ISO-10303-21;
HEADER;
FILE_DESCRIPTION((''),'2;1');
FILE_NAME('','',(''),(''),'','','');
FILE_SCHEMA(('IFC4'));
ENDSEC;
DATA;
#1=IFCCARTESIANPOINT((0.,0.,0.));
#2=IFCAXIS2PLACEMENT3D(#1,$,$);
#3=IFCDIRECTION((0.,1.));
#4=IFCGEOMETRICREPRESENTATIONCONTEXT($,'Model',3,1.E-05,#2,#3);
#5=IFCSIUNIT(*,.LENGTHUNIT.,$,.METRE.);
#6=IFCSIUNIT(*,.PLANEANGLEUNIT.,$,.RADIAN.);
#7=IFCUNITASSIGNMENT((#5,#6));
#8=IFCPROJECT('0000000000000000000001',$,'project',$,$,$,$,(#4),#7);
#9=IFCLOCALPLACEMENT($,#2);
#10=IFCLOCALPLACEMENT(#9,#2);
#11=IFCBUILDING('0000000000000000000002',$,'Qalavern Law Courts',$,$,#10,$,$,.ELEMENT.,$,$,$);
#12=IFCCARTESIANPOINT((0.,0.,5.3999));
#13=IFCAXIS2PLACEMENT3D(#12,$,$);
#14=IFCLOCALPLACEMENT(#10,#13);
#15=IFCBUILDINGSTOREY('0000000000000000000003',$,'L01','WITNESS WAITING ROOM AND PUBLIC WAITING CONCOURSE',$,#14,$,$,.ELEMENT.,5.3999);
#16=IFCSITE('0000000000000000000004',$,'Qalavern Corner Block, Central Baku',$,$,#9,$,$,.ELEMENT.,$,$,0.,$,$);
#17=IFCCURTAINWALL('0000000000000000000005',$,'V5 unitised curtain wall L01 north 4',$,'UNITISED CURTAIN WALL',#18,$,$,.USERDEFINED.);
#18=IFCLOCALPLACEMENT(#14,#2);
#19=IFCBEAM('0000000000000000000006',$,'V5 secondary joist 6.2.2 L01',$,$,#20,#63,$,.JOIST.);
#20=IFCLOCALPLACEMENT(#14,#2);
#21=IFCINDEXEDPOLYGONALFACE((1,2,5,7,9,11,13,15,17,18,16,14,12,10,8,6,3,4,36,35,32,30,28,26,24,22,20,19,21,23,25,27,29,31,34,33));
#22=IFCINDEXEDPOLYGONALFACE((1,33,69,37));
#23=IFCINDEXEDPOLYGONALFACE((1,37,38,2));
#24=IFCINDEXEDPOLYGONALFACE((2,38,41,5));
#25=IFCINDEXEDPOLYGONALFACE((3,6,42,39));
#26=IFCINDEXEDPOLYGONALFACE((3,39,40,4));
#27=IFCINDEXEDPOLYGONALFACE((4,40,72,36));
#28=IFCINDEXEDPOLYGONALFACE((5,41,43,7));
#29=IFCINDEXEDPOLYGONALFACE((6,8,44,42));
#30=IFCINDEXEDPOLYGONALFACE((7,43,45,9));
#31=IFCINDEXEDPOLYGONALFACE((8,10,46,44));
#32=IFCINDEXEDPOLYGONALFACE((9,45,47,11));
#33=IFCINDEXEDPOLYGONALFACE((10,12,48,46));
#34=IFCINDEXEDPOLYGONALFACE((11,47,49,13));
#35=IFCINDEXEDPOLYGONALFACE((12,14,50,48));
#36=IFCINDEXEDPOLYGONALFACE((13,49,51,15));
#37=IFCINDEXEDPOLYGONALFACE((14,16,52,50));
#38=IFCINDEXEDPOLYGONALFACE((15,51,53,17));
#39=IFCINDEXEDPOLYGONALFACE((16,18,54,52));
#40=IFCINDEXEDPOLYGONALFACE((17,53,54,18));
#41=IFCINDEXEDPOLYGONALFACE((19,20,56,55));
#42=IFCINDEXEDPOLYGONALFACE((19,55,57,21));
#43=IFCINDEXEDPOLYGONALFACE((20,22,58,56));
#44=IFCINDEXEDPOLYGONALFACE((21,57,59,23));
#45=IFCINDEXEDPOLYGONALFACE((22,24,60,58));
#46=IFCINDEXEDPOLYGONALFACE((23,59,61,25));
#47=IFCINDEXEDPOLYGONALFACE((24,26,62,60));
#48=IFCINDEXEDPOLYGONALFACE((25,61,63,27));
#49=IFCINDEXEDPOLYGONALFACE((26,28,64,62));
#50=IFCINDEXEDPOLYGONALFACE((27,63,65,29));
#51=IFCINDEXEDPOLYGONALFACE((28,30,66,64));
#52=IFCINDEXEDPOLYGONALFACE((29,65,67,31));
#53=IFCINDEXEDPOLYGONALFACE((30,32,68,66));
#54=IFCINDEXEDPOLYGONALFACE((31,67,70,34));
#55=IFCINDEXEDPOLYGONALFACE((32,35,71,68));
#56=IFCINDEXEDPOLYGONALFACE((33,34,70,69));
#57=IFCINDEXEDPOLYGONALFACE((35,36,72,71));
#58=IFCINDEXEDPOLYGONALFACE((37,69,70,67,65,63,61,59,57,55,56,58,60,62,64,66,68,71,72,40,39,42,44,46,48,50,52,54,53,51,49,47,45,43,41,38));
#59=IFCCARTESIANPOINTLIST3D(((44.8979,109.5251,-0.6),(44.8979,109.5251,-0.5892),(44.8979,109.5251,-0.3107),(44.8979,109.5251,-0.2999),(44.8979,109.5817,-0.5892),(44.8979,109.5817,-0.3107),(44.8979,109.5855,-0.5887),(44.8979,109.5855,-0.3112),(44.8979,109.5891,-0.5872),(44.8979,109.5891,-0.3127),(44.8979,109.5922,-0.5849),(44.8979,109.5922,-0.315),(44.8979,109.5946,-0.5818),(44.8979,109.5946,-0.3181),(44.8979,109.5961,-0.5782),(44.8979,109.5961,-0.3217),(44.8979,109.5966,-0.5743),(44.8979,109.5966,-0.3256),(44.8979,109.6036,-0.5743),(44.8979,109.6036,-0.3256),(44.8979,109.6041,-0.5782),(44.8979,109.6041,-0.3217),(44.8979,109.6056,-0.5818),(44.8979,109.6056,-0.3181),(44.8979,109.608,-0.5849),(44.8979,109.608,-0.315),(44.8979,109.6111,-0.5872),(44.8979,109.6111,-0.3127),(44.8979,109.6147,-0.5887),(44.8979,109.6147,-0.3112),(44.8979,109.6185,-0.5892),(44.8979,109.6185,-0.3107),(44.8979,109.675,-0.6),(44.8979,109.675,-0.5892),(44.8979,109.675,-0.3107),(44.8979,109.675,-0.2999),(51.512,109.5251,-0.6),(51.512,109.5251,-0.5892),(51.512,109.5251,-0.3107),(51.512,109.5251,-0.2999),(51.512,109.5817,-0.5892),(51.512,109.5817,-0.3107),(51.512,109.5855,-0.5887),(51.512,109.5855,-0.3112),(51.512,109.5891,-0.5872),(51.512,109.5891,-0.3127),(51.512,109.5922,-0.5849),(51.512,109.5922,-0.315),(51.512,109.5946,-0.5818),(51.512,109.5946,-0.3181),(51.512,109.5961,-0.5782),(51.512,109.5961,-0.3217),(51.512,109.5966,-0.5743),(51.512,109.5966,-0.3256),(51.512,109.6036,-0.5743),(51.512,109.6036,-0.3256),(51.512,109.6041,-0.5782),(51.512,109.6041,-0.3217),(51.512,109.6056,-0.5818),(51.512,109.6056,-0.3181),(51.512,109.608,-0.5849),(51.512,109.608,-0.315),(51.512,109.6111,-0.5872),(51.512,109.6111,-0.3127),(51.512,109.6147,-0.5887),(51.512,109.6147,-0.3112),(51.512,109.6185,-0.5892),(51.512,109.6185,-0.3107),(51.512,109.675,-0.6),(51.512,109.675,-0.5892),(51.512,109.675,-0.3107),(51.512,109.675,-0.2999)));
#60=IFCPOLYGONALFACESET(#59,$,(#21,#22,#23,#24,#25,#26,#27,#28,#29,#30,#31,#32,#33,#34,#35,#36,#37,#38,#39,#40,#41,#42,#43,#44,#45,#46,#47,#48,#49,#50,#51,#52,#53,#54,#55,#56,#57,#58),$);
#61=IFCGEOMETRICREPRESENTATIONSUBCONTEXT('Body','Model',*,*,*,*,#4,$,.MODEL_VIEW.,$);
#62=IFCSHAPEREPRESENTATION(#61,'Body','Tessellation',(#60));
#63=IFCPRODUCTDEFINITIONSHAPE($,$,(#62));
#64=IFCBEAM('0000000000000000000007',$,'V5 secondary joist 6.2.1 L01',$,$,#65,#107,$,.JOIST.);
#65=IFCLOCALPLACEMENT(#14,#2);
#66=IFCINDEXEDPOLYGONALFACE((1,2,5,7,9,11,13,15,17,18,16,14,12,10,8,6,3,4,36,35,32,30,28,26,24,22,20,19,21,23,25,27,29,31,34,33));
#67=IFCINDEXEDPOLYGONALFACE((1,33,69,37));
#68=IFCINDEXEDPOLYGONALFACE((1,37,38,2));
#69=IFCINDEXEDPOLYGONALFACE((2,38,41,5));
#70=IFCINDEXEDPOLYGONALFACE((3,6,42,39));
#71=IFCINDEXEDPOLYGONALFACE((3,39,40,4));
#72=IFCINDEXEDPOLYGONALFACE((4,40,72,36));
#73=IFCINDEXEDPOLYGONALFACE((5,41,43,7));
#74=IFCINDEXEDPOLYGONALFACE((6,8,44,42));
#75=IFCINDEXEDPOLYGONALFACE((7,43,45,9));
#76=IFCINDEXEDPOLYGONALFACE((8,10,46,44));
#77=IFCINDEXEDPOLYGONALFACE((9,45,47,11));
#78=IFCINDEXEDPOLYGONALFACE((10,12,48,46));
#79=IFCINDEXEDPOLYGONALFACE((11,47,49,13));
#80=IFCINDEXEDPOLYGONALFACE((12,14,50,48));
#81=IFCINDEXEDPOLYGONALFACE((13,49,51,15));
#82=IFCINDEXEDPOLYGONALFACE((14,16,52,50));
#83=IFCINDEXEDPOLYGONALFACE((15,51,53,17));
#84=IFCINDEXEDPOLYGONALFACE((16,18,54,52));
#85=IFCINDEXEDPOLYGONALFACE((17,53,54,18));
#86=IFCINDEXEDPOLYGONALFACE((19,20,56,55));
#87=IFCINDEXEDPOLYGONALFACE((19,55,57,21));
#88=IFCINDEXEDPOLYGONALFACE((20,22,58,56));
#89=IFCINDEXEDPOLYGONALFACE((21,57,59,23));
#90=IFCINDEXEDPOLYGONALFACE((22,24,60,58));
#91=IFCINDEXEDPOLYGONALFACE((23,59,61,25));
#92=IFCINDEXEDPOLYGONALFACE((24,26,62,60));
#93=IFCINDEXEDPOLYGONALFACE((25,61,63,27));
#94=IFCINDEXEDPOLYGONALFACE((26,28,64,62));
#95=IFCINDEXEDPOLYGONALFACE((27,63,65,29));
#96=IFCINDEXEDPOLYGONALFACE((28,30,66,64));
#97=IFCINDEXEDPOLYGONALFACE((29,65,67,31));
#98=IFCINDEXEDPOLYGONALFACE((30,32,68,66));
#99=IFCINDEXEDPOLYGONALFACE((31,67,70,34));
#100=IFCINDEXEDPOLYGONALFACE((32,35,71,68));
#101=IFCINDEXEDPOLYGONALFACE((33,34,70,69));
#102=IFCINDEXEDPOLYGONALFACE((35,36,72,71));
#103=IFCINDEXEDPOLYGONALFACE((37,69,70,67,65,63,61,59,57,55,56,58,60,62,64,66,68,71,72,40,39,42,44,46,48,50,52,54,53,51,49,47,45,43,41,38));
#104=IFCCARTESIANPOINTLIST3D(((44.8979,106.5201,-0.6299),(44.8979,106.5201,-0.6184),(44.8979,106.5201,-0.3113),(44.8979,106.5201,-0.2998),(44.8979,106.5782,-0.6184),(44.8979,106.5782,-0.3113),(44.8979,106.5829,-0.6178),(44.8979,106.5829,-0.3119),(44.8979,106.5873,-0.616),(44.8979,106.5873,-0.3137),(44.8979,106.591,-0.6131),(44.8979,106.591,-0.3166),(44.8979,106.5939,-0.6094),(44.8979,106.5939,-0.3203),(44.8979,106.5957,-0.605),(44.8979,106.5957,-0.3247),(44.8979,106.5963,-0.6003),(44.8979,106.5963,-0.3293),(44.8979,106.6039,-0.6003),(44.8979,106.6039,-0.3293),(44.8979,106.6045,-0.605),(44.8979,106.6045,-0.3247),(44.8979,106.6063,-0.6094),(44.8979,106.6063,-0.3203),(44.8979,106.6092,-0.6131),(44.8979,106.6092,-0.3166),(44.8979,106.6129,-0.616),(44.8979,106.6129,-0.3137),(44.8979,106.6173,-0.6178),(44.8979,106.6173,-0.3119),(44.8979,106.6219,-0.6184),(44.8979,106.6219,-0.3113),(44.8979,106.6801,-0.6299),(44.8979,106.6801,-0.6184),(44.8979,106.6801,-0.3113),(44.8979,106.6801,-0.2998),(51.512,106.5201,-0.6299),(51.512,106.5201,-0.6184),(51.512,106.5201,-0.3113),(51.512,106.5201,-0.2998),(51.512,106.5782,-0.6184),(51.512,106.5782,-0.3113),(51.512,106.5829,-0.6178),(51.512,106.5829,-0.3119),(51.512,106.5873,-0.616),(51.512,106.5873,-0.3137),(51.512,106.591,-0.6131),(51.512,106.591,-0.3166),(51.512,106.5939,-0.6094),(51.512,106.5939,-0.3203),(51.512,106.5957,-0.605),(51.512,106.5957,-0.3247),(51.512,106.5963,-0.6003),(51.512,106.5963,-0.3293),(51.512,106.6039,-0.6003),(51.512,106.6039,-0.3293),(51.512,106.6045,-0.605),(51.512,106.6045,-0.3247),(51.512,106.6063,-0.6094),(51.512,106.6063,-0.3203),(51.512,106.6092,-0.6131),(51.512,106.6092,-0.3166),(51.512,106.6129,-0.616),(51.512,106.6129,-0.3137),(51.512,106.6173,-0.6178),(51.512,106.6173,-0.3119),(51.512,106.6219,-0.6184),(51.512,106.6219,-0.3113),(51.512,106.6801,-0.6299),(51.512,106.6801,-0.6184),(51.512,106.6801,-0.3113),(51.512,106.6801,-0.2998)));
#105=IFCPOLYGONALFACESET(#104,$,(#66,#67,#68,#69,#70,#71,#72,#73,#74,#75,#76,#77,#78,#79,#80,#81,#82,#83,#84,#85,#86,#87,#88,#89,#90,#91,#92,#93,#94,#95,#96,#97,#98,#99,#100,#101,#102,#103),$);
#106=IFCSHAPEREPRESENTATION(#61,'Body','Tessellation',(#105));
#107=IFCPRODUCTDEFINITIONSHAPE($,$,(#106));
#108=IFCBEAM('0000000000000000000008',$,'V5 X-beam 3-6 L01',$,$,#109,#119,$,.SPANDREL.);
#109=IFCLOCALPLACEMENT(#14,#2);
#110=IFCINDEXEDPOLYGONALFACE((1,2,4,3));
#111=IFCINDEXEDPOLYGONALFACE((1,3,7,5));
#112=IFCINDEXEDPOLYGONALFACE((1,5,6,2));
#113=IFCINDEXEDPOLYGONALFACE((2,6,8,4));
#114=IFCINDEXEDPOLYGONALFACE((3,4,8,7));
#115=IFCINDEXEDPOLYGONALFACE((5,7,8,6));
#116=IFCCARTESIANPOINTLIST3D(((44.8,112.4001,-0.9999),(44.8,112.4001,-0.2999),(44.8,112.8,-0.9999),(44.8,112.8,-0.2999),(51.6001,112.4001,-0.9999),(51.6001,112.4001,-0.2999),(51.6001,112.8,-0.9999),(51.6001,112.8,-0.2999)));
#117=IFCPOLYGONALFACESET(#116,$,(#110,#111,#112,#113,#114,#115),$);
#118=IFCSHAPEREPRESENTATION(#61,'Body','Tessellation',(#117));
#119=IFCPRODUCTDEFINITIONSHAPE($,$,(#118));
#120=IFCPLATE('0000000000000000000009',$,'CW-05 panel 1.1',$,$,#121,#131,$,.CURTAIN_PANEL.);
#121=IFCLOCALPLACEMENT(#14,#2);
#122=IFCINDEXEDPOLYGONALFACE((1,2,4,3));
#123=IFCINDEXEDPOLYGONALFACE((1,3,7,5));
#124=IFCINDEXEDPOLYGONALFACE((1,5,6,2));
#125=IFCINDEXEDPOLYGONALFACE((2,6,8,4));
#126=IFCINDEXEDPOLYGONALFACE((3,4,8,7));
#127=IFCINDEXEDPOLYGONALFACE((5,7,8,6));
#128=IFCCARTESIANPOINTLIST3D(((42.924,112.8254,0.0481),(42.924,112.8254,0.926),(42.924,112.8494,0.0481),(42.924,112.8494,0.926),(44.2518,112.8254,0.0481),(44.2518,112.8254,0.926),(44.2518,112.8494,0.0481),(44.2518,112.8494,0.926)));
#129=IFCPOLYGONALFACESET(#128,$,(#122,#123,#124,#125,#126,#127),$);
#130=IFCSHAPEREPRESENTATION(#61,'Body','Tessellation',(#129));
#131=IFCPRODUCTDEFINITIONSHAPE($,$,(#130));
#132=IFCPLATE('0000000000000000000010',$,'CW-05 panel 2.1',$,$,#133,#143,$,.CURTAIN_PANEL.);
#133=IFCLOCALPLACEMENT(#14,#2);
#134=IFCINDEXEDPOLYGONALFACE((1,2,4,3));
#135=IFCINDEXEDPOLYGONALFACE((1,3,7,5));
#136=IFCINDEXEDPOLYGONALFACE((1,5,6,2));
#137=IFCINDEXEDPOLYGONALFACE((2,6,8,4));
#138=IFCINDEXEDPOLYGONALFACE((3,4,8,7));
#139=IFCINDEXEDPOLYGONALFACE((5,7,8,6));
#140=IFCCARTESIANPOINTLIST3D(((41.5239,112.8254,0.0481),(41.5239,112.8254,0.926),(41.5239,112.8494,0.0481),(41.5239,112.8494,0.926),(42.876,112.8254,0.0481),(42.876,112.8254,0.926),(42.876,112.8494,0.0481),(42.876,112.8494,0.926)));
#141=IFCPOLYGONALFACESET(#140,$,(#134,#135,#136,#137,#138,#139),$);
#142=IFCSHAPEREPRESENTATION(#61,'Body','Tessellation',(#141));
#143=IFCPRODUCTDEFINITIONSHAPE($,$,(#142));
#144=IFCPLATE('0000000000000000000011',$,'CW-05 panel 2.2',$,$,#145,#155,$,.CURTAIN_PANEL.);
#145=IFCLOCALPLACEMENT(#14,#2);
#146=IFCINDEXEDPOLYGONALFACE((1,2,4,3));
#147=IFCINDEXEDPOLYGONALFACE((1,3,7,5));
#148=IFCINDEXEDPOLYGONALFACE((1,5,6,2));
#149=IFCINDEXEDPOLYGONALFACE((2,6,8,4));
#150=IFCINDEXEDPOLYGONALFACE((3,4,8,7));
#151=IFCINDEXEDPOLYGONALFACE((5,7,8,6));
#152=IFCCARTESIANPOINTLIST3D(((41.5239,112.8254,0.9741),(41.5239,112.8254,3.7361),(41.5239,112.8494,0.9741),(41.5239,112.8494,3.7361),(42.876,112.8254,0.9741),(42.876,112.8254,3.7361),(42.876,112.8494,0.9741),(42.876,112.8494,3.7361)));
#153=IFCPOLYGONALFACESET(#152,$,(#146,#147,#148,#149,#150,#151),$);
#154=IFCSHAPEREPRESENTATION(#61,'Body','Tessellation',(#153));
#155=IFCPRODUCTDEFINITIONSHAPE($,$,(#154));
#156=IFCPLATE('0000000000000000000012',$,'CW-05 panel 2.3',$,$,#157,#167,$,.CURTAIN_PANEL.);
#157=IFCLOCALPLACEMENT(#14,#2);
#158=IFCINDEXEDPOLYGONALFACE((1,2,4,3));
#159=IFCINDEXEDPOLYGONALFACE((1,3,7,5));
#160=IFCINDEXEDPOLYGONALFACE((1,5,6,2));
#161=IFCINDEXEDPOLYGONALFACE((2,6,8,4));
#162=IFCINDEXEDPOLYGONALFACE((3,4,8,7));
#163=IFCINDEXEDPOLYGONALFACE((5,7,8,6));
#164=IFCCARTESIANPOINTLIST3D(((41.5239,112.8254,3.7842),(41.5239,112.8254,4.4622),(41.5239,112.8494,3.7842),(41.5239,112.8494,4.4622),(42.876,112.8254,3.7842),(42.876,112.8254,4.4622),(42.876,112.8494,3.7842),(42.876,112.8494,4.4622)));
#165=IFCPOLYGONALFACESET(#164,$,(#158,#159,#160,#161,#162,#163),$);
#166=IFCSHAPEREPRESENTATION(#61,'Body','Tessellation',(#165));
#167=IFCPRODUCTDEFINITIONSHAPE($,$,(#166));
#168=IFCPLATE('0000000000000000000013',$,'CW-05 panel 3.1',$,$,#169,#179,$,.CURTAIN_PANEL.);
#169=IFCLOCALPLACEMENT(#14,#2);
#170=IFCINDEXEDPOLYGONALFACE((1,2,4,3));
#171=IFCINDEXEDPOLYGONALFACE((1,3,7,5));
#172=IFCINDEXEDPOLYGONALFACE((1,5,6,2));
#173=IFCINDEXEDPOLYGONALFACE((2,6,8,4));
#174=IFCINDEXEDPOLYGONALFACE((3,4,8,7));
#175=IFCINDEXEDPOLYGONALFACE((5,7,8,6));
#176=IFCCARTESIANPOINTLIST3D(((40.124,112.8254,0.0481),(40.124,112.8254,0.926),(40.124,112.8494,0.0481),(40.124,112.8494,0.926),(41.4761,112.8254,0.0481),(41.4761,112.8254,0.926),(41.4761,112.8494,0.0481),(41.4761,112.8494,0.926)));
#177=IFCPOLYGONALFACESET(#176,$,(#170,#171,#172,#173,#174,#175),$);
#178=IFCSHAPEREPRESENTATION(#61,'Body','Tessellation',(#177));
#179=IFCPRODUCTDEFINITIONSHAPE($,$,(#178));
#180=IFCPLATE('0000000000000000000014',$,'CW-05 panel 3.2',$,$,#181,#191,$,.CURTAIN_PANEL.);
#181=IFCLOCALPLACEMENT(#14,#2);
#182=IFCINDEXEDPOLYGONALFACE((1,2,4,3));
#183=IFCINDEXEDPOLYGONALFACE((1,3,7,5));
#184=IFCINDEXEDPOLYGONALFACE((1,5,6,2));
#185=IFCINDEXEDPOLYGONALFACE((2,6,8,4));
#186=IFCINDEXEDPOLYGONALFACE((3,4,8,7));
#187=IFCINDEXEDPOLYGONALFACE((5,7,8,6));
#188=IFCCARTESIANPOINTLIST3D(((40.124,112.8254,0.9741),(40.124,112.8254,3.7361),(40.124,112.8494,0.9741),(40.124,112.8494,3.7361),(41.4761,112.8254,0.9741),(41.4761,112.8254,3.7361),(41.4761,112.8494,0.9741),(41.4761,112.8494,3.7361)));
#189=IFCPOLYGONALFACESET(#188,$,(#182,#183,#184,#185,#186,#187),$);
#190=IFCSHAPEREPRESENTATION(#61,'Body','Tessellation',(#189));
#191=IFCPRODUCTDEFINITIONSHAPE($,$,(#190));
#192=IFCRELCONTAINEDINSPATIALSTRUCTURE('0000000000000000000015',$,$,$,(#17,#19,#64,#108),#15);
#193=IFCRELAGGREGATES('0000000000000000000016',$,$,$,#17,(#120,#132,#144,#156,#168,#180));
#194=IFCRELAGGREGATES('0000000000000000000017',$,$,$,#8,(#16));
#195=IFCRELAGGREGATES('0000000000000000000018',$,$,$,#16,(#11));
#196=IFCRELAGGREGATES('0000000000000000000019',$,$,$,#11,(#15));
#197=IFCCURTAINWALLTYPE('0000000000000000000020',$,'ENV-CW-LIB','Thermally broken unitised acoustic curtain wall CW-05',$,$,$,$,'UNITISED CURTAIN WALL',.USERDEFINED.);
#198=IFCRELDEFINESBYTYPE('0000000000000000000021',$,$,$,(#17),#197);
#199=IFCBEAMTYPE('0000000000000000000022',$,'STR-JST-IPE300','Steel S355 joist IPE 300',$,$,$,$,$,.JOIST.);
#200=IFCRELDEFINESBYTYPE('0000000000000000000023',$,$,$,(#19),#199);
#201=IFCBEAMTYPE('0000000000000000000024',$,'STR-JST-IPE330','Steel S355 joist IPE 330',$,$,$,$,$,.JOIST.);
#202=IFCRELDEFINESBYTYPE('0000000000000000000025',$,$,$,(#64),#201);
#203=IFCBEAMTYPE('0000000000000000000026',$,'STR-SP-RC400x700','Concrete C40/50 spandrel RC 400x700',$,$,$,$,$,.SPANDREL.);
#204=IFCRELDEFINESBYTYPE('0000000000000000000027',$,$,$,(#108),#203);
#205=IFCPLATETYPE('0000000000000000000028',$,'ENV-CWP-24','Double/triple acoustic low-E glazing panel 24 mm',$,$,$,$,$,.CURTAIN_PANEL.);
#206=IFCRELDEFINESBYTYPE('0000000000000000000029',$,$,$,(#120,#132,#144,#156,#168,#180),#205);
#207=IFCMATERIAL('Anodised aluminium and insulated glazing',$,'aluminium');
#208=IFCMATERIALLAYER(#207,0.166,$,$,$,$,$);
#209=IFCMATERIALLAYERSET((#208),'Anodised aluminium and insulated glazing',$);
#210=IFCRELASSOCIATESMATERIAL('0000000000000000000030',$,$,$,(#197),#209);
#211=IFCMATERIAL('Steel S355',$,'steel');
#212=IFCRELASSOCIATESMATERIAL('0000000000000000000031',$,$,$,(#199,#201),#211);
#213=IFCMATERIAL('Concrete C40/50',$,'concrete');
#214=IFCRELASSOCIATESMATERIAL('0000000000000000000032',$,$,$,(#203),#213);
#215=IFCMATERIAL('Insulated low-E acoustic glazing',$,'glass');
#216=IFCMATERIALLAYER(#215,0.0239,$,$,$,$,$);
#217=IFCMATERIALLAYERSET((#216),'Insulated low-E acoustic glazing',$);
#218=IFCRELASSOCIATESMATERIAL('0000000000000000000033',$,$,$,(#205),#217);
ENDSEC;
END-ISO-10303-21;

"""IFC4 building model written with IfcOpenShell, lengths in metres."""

from ifc_helpers import new_model, si_unit, direction, frame, origin, origin_2d, place, context, subcontext, project, spatial, rectangle, i_section, extrude, material, layer, layer_set, material_profile, profile_set, type_object, element, aggregate, save


model = new_model("IFC4")

# Units and contexts
model_context = context("Model", 3, precision=1e-05, world=origin(), true_north=direction((0.0, 1.0)))
body_context = subcontext(model_context, "Body", "Model", "MODEL_VIEW")
ifc_project = project(units=[si_unit("LENGTHUNIT", "METRE"), si_unit("PLANEANGLEUNIT", "RADIAN")], contexts=[model_context])

# Site, building, storey
site_placement = place(None, origin())
site = spatial("IfcSite", under=ifc_project, at=site_placement, Name="Qalavern Corner Block, Central Baku", CompositionType="ELEMENT", RefElevation=0.0)
building_placement = place(site_placement, origin())
building = spatial("IfcBuilding", under=site, at=building_placement, Name="Qalavern Law Courts", CompositionType="ELEMENT")
storey_placement = place(building_placement, frame((0.0, 0.0, 5.3999)))
storey = spatial("IfcBuildingStorey", under=building, at=storey_placement, Name="L01", Description="WITNESS WAITING ROOM AND PUBLIC WAITING CONCOURSE", CompositionType="ELEMENT", Elevation=5.3999)

# Curtain wall
ifc_material_1 = material(Name="Anodised aluminium and insulated glazing", Category="aluminium")
ifc_layer_1 = layer(ifc_material_1, 0.166)
ifc_layer_set_1 = layer_set([ifc_layer_1], Name="Anodised aluminium and insulated glazing")
curtain_wall_type = type_object("IfcCurtainWallType", Name="ENV-CW-LIB", Description="Thermally broken unitised acoustic curtain wall CW-05", ElementType="UNITISED CURTAIN WALL", PredefinedType="USERDEFINED", material=ifc_layer_set_1)
curtain_wall_placement = place(storey_placement, origin())
curtain_wall = element("IfcCurtainWall", 1, at=curtain_wall_placement, inside=storey, type_object=curtain_wall_type, Name="V5 unitised curtain wall L01 north 4", ObjectType="UNITISED CURTAIN WALL", PredefinedType="USERDEFINED")

# Beams
ifc_material_2 = material(Name="Steel S355", Category="steel")
ifc_material_profile_1 = material_profile(ifc_material_2, i_section(OverallWidth=0.1499, OverallDepth=0.3, WebThickness=0.0071, FlangeThickness=0.0107, FilletRadius=0.0149, at=origin_2d()), Name="IPE 300")
ifc_profile_set_1 = profile_set([ifc_material_profile_1], Name="Steel S355")
beam_type_1 = type_object("IfcBeamType", Name="STR-JST-IPE300", Description="Steel S355 joist IPE 300", PredefinedType="JOIST", material=ifc_profile_set_1)
beam_1_placement = place(storey_placement, frame((44.8979, 109.6001, -0.45), z_axis=(1.0, 0.0, 0.0), x_axis=(0.0, 1.0, 0.0)))
element("IfcBeam", 2, at=beam_1_placement, inside=storey, type_object=beam_type_1, Name="V5 secondary joist 6.2.2 L01", PredefinedType="JOIST", context=body_context, shape_type="SweptSolid", body=[
    extrude(i_section(OverallWidth=0.1499, OverallDepth=0.3, WebThickness=0.0071, FlangeThickness=0.0107, FilletRadius=0.0149, at=origin_2d()), origin(), (0.0, 0.0, 1.0), 6.614),
])
ifc_material_profile_2 = material_profile(ifc_material_2, i_section(OverallWidth=0.1599, OverallDepth=0.3301, WebThickness=0.0076, FlangeThickness=0.0115, FilletRadius=0.0181, at=origin_2d()), Name="IPE 330")
ifc_profile_set_2 = profile_set([ifc_material_profile_2], Name="Steel S355")
beam_type_2 = type_object("IfcBeamType", Name="STR-JST-IPE330", Description="Steel S355 joist IPE 330", PredefinedType="JOIST", material=ifc_profile_set_2)
beam_2_placement = place(storey_placement, frame((44.8979, 106.6001, -0.4648), z_axis=(1.0, 0.0, 0.0), x_axis=(0.0, 1.0, 0.0)))
element("IfcBeam", 3, at=beam_2_placement, inside=storey, type_object=beam_type_2, Name="V5 secondary joist 6.2.1 L01", PredefinedType="JOIST", context=body_context, shape_type="SweptSolid", body=[
    extrude(i_section(OverallWidth=0.1599, OverallDepth=0.3301, WebThickness=0.0076, FlangeThickness=0.0115, FilletRadius=0.0181, at=origin_2d()), origin(), (0.0, 0.0, 1.0), 6.614),
])
ifc_material_3 = material(Name="Concrete C40/50", Category="concrete")
ifc_material_profile_3 = material_profile(ifc_material_3, rectangle(XDim=0.3999, YDim=0.7, at=origin_2d()), Name="RC 400x700")
ifc_profile_set_3 = profile_set([ifc_material_profile_3], Name="Concrete C40/50")
beam_type_3 = type_object("IfcBeamType", Name="STR-SP-RC400x700", Description="Concrete C40/50 spandrel RC 400x700", PredefinedType="SPANDREL", material=ifc_profile_set_3)
beam_3_placement = place(storey_placement, frame((44.8, 112.6001, -0.6499), z_axis=(1.0, 0.0, 0.0), x_axis=(0.0, 1.0, 0.0)))
element("IfcBeam", 4, at=beam_3_placement, inside=storey, type_object=beam_type_3, Name="V5 X-beam 3-6 L01", PredefinedType="SPANDREL", context=body_context, shape_type="SweptSolid", body=[
    extrude(rectangle(XDim=0.3999, YDim=0.7, at=origin_2d()), origin(), (0.0, 0.0, 1.0), 6.8),
])

# Plates
ifc_material_4 = material(Name="Insulated low-E acoustic glazing", Category="glass")
ifc_layer_2 = layer(ifc_material_4, 0.0239)
ifc_layer_set_2 = layer_set([ifc_layer_2], Name="Insulated low-E acoustic glazing")
plate_type = type_object("IfcPlateType", Name="ENV-CWP-24", Description="Double/triple acoustic low-E glazing panel 24 mm", PredefinedType="CURTAIN_PANEL", material=ifc_layer_set_2)
plate_1_placement = place(storey_placement, frame((43.5879, 112.8374, 0.0481), z_axis=(0.0, 0.0, 1.0), x_axis=(-1.0, 0.0, 0.0)))
plate_1 = element("IfcPlate", 5, at=plate_1_placement, type_object=plate_type, Name="CW-05 panel 1.1", PredefinedType="CURTAIN_PANEL", context=body_context, shape_type="SweptSolid", body=[
    extrude(rectangle(XDim=1.3279, YDim=0.0239, at=origin_2d()), origin(), (0.0, 0.0, 1.0), 0.8779),
])
plate_2_placement = place(storey_placement, frame((42.2, 112.8374, 0.0481), z_axis=(0.0, 0.0, 1.0), x_axis=(-1.0, 0.0, 0.0)))
plate_2 = element("IfcPlate", 6, at=plate_2_placement, type_object=plate_type, Name="CW-05 panel 2.1", PredefinedType="CURTAIN_PANEL", context=body_context, shape_type="SweptSolid", body=[
    extrude(rectangle(XDim=1.3521, YDim=0.0239, at=origin_2d()), origin(), (0.0, 0.0, 1.0), 0.8779),
])
plate_3_placement = place(storey_placement, frame((42.2, 112.8374, 0.9741), z_axis=(0.0, 0.0, 1.0), x_axis=(-1.0, 0.0, 0.0)))
plate_3 = element("IfcPlate", 7, at=plate_3_placement, type_object=plate_type, Name="CW-05 panel 2.2", PredefinedType="CURTAIN_PANEL", context=body_context, shape_type="SweptSolid", body=[
    extrude(rectangle(XDim=1.3521, YDim=0.0239, at=origin_2d()), origin(), (0.0, 0.0, 1.0), 2.762),
])
plate_4_placement = place(storey_placement, frame((42.2, 112.8374, 3.7842), z_axis=(0.0, 0.0, 1.0), x_axis=(-1.0, 0.0, 0.0)))
plate_4 = element("IfcPlate", 8, at=plate_4_placement, type_object=plate_type, Name="CW-05 panel 2.3", PredefinedType="CURTAIN_PANEL", context=body_context, shape_type="SweptSolid", body=[
    extrude(rectangle(XDim=1.3521, YDim=0.0239, at=origin_2d()), origin(), (0.0, 0.0, 1.0), 0.678),
])
plate_5_placement = place(storey_placement, frame((40.8, 112.8374, 0.0481), z_axis=(0.0, 0.0, 1.0), x_axis=(-1.0, 0.0, 0.0)))
plate_5 = element("IfcPlate", 9, at=plate_5_placement, type_object=plate_type, Name="CW-05 panel 3.1", PredefinedType="CURTAIN_PANEL", context=body_context, shape_type="SweptSolid", body=[
    extrude(rectangle(XDim=1.3521, YDim=0.0239, at=origin_2d()), origin(), (0.0, 0.0, 1.0), 0.8779),
])
plate_6_placement = place(storey_placement, frame((40.8, 112.8374, 0.9741), z_axis=(0.0, 0.0, 1.0), x_axis=(-1.0, 0.0, 0.0)))
plate_6 = element("IfcPlate", 10, at=plate_6_placement, type_object=plate_type, Name="CW-05 panel 3.2", PredefinedType="CURTAIN_PANEL", context=body_context, shape_type="SweptSolid", body=[
    extrude(rectangle(XDim=1.3521, YDim=0.0239, at=origin_2d()), origin(), (0.0, 0.0, 1.0), 2.762),
])
aggregate(curtain_wall, [plate_1, plate_2, plate_3, plate_4, plate_5, plate_6])

save(model, "model.ifc")
